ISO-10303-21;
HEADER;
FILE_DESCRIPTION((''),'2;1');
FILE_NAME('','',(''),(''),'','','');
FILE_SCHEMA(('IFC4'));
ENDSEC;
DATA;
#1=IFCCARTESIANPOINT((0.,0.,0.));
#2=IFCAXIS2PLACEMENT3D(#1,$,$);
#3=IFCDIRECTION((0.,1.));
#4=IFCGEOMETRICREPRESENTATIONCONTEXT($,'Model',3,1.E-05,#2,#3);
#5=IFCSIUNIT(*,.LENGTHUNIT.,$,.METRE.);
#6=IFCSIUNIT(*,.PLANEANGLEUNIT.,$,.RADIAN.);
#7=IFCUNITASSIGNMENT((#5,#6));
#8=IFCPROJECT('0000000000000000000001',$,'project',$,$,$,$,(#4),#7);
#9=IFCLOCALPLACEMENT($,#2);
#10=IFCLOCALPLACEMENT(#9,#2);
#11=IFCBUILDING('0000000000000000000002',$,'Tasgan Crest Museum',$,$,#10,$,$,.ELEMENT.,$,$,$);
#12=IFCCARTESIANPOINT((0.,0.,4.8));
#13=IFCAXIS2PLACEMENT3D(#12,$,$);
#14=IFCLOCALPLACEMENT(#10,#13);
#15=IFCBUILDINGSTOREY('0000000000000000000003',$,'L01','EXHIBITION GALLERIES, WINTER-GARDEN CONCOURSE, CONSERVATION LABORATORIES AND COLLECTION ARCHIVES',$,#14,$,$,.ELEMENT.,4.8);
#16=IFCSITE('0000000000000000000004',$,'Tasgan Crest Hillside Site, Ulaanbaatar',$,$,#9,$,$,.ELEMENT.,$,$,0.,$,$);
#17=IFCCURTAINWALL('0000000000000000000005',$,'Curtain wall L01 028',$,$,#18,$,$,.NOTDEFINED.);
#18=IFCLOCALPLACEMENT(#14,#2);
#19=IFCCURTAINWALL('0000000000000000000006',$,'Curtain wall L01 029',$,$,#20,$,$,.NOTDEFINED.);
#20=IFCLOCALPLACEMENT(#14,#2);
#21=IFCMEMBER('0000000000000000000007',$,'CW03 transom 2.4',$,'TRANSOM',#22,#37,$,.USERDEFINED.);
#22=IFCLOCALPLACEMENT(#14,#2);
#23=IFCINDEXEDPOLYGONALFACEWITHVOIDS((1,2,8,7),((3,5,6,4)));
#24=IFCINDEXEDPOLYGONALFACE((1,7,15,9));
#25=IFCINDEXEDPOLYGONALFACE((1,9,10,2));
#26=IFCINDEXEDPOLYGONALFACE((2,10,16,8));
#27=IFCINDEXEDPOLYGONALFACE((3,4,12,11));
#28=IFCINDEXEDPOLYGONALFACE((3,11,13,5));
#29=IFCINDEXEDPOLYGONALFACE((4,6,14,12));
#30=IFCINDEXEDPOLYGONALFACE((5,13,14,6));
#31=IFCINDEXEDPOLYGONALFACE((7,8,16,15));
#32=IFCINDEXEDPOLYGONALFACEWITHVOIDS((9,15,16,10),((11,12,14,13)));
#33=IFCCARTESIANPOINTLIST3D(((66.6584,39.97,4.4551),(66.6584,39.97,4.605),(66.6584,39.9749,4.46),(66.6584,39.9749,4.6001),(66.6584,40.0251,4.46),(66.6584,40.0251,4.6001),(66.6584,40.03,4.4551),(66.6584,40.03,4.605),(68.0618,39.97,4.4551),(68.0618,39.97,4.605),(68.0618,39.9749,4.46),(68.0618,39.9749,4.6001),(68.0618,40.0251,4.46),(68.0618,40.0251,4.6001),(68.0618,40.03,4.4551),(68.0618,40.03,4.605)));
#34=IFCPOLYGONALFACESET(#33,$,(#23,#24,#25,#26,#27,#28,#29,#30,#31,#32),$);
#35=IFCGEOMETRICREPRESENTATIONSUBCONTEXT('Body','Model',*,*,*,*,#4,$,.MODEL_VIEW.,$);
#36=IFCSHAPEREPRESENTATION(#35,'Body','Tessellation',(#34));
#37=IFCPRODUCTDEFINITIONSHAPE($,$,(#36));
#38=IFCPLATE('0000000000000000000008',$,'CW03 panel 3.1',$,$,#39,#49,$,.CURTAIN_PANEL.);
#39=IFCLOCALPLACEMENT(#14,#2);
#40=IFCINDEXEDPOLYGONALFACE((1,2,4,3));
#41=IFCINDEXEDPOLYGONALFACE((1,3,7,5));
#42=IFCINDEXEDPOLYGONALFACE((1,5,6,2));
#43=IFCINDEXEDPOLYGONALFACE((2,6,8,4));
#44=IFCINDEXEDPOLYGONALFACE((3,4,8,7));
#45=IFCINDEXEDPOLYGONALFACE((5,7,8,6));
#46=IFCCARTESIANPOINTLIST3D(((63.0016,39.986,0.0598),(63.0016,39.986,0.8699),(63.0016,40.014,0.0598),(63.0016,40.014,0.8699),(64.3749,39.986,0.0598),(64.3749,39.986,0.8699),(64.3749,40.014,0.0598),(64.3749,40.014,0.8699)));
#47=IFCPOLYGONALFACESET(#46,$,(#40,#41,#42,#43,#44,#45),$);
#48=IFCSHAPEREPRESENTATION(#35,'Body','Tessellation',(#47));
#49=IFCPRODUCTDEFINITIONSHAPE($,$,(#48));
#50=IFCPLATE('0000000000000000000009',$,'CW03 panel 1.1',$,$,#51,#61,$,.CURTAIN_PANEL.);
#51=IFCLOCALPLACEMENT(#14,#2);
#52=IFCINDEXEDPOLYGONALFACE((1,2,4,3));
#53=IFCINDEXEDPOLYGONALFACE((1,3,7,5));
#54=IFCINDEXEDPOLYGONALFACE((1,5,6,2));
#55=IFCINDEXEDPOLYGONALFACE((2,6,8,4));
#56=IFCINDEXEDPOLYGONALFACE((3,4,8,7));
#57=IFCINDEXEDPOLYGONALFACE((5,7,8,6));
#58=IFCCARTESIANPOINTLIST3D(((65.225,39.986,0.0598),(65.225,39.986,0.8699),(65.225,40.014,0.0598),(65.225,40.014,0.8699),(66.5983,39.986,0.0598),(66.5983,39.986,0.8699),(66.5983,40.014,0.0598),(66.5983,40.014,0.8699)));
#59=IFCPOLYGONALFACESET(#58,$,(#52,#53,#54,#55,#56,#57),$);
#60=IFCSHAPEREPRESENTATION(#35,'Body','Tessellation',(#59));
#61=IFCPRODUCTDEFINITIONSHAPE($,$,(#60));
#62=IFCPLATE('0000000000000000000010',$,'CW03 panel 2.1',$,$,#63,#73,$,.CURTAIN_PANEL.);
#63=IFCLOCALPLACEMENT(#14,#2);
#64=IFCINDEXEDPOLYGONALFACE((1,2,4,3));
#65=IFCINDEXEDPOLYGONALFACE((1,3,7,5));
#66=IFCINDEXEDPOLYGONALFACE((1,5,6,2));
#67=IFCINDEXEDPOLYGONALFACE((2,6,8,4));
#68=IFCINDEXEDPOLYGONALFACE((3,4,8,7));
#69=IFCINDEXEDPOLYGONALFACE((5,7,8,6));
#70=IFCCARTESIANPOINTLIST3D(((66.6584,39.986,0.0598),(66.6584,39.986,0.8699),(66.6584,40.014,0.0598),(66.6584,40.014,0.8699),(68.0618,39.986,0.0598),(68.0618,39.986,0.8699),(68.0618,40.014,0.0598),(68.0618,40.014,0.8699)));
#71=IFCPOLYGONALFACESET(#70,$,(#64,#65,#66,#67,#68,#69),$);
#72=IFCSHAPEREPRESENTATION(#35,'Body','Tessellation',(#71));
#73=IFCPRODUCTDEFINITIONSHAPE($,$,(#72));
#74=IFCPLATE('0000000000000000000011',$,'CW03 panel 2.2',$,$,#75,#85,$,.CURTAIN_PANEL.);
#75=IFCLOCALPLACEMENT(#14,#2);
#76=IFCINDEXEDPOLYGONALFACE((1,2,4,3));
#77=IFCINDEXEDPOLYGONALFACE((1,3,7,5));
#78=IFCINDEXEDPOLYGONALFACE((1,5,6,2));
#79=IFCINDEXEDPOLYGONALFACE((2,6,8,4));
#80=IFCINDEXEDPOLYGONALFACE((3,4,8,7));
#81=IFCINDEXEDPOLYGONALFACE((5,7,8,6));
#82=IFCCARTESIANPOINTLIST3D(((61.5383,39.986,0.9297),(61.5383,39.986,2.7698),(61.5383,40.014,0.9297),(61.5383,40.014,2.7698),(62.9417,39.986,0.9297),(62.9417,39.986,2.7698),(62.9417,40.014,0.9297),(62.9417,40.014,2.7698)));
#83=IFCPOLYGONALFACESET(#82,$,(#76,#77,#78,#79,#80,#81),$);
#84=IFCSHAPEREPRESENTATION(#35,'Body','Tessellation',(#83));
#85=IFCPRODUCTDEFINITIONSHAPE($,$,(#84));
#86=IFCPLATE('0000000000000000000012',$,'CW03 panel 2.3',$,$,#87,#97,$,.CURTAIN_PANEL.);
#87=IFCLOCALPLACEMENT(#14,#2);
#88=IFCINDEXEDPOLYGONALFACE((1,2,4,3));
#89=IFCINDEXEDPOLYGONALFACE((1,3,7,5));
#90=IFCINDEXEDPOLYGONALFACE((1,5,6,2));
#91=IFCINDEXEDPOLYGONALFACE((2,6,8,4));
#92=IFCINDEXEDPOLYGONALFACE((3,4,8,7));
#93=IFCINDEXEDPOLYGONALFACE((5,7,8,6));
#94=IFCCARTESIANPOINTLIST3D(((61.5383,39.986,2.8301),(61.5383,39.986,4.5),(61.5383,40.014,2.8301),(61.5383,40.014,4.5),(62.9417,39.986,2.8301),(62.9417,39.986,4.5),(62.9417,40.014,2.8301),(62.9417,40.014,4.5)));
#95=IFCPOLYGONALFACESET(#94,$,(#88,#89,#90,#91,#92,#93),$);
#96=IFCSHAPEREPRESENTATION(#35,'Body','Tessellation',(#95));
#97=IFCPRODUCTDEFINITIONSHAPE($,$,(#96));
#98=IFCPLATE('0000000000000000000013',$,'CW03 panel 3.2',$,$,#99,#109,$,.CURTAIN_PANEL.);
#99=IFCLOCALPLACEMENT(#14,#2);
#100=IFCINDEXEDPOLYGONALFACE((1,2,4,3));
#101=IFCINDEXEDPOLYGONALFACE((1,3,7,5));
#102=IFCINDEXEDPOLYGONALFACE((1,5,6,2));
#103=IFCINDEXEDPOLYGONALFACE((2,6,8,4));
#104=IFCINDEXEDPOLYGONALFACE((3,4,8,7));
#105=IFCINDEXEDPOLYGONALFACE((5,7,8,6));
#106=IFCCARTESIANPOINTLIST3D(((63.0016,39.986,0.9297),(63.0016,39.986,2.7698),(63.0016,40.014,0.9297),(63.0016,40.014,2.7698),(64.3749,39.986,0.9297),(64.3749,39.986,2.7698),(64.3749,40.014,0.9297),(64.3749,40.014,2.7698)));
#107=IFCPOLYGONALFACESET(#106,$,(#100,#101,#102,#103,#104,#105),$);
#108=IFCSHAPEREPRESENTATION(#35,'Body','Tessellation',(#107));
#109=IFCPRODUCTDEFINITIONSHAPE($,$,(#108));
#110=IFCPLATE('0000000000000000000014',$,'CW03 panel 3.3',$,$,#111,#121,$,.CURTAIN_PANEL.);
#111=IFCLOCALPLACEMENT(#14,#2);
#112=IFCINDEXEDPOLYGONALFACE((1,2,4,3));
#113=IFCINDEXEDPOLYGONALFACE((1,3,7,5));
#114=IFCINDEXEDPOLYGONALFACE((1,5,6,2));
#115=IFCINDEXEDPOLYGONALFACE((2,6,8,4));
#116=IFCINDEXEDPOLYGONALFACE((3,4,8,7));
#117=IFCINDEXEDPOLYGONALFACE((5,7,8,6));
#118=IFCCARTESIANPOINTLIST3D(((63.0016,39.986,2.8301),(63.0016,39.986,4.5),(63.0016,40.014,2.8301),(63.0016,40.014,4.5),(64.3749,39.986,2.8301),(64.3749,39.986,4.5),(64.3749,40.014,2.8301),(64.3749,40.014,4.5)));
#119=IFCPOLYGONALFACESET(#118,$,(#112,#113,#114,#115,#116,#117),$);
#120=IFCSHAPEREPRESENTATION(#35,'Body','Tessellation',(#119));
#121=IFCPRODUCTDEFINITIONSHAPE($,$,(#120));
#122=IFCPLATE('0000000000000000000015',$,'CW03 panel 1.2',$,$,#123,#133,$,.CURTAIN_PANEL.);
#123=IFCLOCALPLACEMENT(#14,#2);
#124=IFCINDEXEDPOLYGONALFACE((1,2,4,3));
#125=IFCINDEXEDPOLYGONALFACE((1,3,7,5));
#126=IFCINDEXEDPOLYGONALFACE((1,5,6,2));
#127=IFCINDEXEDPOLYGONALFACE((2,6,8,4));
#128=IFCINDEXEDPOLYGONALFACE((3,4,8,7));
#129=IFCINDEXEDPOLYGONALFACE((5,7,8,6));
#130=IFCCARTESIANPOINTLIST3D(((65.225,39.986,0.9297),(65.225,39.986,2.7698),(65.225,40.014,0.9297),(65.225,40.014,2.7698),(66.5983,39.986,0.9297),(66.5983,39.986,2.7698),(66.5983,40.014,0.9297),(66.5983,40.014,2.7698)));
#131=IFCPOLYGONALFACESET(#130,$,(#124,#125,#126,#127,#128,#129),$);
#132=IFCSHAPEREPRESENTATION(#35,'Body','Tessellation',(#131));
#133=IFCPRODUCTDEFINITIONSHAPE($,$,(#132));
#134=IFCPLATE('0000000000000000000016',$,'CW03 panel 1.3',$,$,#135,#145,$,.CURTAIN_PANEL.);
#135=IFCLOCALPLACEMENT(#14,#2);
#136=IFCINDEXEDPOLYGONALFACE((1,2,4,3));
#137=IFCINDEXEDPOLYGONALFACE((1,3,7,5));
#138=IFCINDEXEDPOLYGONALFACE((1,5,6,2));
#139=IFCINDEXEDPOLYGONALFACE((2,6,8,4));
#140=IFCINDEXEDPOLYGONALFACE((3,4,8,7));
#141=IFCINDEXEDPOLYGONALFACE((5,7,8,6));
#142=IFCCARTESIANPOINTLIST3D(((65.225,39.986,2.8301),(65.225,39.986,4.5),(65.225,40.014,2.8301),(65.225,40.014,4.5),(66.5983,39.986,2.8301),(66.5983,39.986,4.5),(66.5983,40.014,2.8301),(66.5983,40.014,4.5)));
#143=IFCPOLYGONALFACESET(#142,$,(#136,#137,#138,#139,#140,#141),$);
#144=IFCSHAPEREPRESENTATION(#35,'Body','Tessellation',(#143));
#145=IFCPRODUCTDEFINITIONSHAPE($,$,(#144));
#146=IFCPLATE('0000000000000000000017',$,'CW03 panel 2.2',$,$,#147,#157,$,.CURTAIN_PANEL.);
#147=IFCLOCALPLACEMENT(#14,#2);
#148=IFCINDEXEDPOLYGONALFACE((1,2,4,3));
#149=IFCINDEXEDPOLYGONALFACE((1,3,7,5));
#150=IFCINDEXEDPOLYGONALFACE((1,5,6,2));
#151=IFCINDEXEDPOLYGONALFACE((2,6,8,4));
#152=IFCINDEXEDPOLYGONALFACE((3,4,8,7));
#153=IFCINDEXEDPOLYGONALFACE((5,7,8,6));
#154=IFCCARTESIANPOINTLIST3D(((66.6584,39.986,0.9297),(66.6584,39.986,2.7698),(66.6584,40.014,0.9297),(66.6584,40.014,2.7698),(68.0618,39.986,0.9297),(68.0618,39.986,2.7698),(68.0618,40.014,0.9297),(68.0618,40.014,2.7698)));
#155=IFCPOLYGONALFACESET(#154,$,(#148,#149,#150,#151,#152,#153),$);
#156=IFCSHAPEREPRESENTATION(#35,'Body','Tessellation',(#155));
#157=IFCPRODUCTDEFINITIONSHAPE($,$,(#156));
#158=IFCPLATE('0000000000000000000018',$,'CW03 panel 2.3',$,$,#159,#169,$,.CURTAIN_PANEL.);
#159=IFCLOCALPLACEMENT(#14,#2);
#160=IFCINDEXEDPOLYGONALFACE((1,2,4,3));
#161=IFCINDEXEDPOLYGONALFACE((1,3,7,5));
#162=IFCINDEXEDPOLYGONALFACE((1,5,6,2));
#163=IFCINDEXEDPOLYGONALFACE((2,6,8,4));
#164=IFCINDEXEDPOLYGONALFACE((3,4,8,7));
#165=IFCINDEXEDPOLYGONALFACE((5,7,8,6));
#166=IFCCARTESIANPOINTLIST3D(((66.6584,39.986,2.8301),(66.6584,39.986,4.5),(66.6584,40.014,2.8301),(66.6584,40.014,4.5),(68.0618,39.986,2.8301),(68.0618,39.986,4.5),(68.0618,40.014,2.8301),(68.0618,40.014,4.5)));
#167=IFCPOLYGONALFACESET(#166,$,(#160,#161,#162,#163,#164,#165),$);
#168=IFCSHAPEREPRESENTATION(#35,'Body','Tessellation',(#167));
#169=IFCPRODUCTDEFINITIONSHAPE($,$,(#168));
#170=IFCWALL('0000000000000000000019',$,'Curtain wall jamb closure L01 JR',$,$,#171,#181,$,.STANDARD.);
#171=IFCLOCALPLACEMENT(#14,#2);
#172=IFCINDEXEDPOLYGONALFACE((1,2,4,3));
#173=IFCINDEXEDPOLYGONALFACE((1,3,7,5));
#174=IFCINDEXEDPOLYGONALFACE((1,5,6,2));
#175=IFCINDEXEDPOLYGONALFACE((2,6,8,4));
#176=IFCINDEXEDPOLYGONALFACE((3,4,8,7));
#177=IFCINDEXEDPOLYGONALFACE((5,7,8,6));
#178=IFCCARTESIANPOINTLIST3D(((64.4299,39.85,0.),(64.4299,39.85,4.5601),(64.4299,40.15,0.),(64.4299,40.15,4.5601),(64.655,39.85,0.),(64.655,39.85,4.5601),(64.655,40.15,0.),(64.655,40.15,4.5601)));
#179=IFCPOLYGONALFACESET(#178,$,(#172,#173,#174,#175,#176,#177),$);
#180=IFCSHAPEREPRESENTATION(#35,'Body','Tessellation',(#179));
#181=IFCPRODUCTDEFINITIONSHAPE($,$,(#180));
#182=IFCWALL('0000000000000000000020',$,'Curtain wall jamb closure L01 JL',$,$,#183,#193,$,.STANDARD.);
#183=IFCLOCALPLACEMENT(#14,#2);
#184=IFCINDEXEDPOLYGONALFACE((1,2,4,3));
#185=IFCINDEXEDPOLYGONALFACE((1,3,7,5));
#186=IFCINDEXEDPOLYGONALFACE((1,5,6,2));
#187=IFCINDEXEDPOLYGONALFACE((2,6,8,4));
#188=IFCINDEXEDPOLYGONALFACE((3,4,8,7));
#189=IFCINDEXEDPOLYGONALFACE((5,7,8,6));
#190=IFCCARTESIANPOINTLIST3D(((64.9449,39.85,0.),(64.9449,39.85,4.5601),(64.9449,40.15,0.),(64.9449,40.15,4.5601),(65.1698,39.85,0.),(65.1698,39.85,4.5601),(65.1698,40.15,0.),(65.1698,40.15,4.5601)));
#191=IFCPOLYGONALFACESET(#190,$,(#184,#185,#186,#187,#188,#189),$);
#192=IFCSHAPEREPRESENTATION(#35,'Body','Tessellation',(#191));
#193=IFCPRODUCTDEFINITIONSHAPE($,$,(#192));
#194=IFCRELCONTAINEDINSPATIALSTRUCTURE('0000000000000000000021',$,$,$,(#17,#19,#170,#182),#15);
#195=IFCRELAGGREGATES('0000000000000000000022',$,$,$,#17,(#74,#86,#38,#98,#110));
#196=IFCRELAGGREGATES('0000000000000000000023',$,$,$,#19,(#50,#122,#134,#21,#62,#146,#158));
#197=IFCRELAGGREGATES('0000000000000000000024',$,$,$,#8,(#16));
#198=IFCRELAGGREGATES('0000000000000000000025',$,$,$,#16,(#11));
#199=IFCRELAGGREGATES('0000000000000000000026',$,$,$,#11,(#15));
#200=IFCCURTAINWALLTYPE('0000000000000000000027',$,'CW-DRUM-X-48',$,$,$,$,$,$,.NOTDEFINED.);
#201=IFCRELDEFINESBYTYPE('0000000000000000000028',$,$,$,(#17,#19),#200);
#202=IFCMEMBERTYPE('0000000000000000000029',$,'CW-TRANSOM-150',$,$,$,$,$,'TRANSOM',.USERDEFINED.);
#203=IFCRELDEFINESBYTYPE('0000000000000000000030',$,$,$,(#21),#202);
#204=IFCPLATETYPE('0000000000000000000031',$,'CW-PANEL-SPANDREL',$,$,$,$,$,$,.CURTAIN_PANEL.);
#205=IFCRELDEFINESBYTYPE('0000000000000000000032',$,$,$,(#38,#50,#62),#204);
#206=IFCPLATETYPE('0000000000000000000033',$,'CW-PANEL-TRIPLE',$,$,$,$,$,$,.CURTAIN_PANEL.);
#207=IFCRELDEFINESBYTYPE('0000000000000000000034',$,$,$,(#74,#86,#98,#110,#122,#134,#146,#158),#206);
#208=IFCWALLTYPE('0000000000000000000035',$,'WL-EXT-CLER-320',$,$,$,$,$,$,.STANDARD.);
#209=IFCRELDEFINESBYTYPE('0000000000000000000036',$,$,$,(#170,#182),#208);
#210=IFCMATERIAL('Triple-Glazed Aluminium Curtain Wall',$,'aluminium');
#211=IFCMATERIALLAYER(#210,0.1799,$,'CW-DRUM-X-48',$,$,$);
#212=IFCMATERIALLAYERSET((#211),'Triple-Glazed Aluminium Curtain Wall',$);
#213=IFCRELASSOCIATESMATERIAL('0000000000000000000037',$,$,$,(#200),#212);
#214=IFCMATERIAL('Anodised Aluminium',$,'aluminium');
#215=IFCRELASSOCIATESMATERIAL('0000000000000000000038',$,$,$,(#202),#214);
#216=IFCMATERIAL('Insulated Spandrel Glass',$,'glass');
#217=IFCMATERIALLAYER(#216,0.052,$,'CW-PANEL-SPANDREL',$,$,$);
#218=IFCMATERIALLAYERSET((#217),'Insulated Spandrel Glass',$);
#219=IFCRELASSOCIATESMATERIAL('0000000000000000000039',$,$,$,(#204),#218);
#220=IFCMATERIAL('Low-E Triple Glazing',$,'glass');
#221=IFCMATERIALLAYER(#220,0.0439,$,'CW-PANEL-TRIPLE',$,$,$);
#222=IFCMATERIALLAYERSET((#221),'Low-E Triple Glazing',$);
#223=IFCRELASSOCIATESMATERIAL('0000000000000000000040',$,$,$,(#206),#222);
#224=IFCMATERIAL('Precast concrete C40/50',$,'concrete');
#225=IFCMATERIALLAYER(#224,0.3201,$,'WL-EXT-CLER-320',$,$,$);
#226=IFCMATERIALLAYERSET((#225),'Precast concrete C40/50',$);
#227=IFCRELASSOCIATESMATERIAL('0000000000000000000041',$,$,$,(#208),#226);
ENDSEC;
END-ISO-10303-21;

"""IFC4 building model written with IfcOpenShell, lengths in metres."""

from ifc_helpers import new_model, si_unit, direction, frame, frame_2d, origin, origin_2d, place, context, subcontext, project, spatial, rectangle, hollow_rectangle, extrude, material, layer, layer_set, material_profile, profile_set, type_object, element, aggregate, save


model = new_model("IFC4")

# Units and contexts
model_context = context("Model", 3, precision=1e-05, world=origin(), true_north=direction((0.0, 1.0)))
body_context = subcontext(model_context, "Body", "Model", "MODEL_VIEW")
ifc_project = project(units=[si_unit("LENGTHUNIT", "METRE"), si_unit("PLANEANGLEUNIT", "RADIAN")], contexts=[model_context])

# Site, building, storey
site_placement = place(None, origin())
site = spatial("IfcSite", under=ifc_project, at=site_placement, Name="Tasgan Crest Hillside Site, Ulaanbaatar", CompositionType="ELEMENT", RefElevation=0.0)
building_placement = place(site_placement, origin())
building = spatial("IfcBuilding", under=site, at=building_placement, Name="Tasgan Crest Museum", CompositionType="ELEMENT")
storey_placement = place(building_placement, frame((0.0, 0.0, 4.8)))
storey = spatial("IfcBuildingStorey", under=building, at=storey_placement, Name="L01", Description="EXHIBITION GALLERIES, WINTER-GARDEN CONCOURSE, CONSERVATION LABORATORIES AND COLLECTION ARCHIVES", CompositionType="ELEMENT", Elevation=4.8)

# Curtain walls
ifc_material_1 = material(Name="Triple-Glazed Aluminium Curtain Wall", Category="aluminium")
ifc_layer_1 = layer(ifc_material_1, 0.1799, Name="CW-DRUM-X-48")
ifc_layer_set_1 = layer_set([ifc_layer_1], Name="Triple-Glazed Aluminium Curtain Wall")
curtain_wall_type = type_object("IfcCurtainWallType", Name="CW-DRUM-X-48", PredefinedType="NOTDEFINED", material=ifc_layer_set_1)
curtain_wall_1_placement = place(storey_placement, origin())
curtain_wall_1 = element("IfcCurtainWall", 1, at=curtain_wall_1_placement, inside=storey, type_object=curtain_wall_type, Name="Curtain wall L01 028", PredefinedType="NOTDEFINED")
curtain_wall_2_placement = place(storey_placement, origin())
curtain_wall_2 = element("IfcCurtainWall", 2, at=curtain_wall_2_placement, inside=storey, type_object=curtain_wall_type, Name="Curtain wall L01 029", PredefinedType="NOTDEFINED")

# Member
ifc_material_2 = material(Name="Anodised Aluminium", Category="aluminium")
ifc_material_profile_1 = material_profile(ifc_material_2, hollow_rectangle(XDim=0.0601, YDim=0.1499, WallThickness=0.0049, at=origin_2d()), Name="ALU TRANSOM 150x60x5")
ifc_profile_set_1 = profile_set([ifc_material_profile_1], Name="Anodised Aluminium")
member_type_1 = type_object("IfcMemberType", Name="CW-TRANSOM-150", ElementType="TRANSOM", PredefinedType="USERDEFINED", material=ifc_profile_set_1)
member_1_placement = place(storey_placement, frame((66.6584, 40.0, 4.53), z_axis=(1.0, 0.0, 0.0), x_axis=(0.0, 1.0, 0.0)))
member_1 = element("IfcMember", 3, at=member_1_placement, type_object=member_type_1, Name="CW03 transom 2.4", ObjectType="TRANSOM", PredefinedType="USERDEFINED", context=body_context, shape_type="SweptSolid", body=[
    extrude(hollow_rectangle(XDim=0.0601, YDim=0.1499, WallThickness=0.0049, at=origin_2d()), origin(), (0.0, 0.0, 1.0), 1.4033),
])

# Plates
ifc_material_3 = material(Name="Insulated Spandrel Glass", Category="glass")
ifc_layer_2 = layer(ifc_material_3, 0.052, Name="CW-PANEL-SPANDREL")
ifc_layer_set_2 = layer_set([ifc_layer_2], Name="Insulated Spandrel Glass")
plate_type_1 = type_object("IfcPlateType", Name="CW-PANEL-SPANDREL", PredefinedType="CURTAIN_PANEL", material=ifc_layer_set_2)
plate_1_placement = place(storey_placement, frame((63.6882, 40.0, 0.0598), z_axis=(0.0, 0.0, 1.0), x_axis=(1.0, 0.0, 0.0)))
plate_1 = element("IfcPlate", 4, at=plate_1_placement, type_object=plate_type_1, Name="CW03 panel 3.1", PredefinedType="CURTAIN_PANEL", context=body_context, shape_type="SweptSolid", body=[
    extrude(rectangle(XDim=1.3733, YDim=0.0281, at=origin_2d()), origin(), (0.0, 0.0, 1.0), 0.8101),
])
plate_2_placement = place(storey_placement, frame((65.9116, 40.0, 0.0598), z_axis=(0.0, 0.0, 1.0), x_axis=(1.0, 0.0, 0.0)))
plate_2 = element("IfcPlate", 5, at=plate_2_placement, type_object=plate_type_1, Name="CW03 panel 1.1", PredefinedType="CURTAIN_PANEL", context=body_context, shape_type="SweptSolid", body=[
    extrude(rectangle(XDim=1.3733, YDim=0.0281, at=origin_2d()), origin(), (0.0, 0.0, 1.0), 0.8101),
])
plate_3_placement = place(storey_placement, frame((67.3601, 40.0, 0.0598), z_axis=(0.0, 0.0, 1.0), x_axis=(1.0, 0.0, 0.0)))
plate_3 = element("IfcPlate", 6, at=plate_3_placement, type_object=plate_type_1, Name="CW03 panel 2.1", PredefinedType="CURTAIN_PANEL", context=body_context, shape_type="SweptSolid", body=[
    extrude(rectangle(XDim=1.4033, YDim=0.0281, at=origin_2d()), origin(), (0.0, 0.0, 1.0), 0.8101),
])
ifc_material_4 = material(Name="Low-E Triple Glazing", Category="glass")
ifc_layer_3 = layer(ifc_material_4, 0.0439, Name="CW-PANEL-TRIPLE")
ifc_layer_set_3 = layer_set([ifc_layer_3], Name="Low-E Triple Glazing")
plate_type_2 = type_object("IfcPlateType", Name="CW-PANEL-TRIPLE", PredefinedType="CURTAIN_PANEL", material=ifc_layer_set_3)
plate_4_placement = place(storey_placement, frame((62.24, 40.0, 0.9297), z_axis=(0.0, 0.0, 1.0), x_axis=(1.0, 0.0, 0.0)))
plate_4 = element("IfcPlate", 7, at=plate_4_placement, type_object=plate_type_2, Name="CW03 panel 2.2", PredefinedType="CURTAIN_PANEL", context=body_context, shape_type="SweptSolid", body=[
    extrude(rectangle(XDim=1.4033, YDim=0.0281, at=origin_2d()), origin(), (0.0, 0.0, 1.0), 1.8401),
])
plate_5_placement = place(storey_placement, frame((62.24, 40.0, 2.8301), z_axis=(0.0, 0.0, 1.0), x_axis=(1.0, 0.0, 0.0)))
plate_5 = element("IfcPlate", 8, at=plate_5_placement, type_object=plate_type_2, Name="CW03 panel 2.3", PredefinedType="CURTAIN_PANEL", context=body_context, shape_type="SweptSolid", body=[
    extrude(rectangle(XDim=1.4033, YDim=0.0281, at=origin_2d()), origin(), (0.0, 0.0, 1.0), 1.6699),
])
plate_6_placement = place(storey_placement, frame((63.6882, 40.0, 0.9297), z_axis=(0.0, 0.0, 1.0), x_axis=(1.0, 0.0, 0.0)))
plate_6 = element("IfcPlate", 9, at=plate_6_placement, type_object=plate_type_2, Name="CW03 panel 3.2", PredefinedType="CURTAIN_PANEL", context=body_context, shape_type="SweptSolid", body=[
    extrude(rectangle(XDim=1.3733, YDim=0.0281, at=origin_2d()), origin(), (0.0, 0.0, 1.0), 1.8401),
])
plate_7_placement = place(storey_placement, frame((63.6882, 40.0, 2.8301), z_axis=(0.0, 0.0, 1.0), x_axis=(1.0, 0.0, 0.0)))
plate_7 = element("IfcPlate", 10, at=plate_7_placement, type_object=plate_type_2, Name="CW03 panel 3.3", PredefinedType="CURTAIN_PANEL", context=body_context, shape_type="SweptSolid", body=[
    extrude(rectangle(XDim=1.3733, YDim=0.0281, at=origin_2d()), origin(), (0.0, 0.0, 1.0), 1.6699),
])
aggregate(curtain_wall_1, [plate_4, plate_5, plate_1, plate_6, plate_7])
plate_8_placement = place(storey_placement, frame((65.9116, 40.0, 0.9297), z_axis=(0.0, 0.0, 1.0), x_axis=(1.0, 0.0, 0.0)))
plate_8 = element("IfcPlate", 11, at=plate_8_placement, type_object=plate_type_2, Name="CW03 panel 1.2", PredefinedType="CURTAIN_PANEL", context=body_context, shape_type="SweptSolid", body=[
    extrude(rectangle(XDim=1.3733, YDim=0.0281, at=origin_2d()), origin(), (0.0, 0.0, 1.0), 1.8401),
])
plate_9_placement = place(storey_placement, frame((65.9116, 40.0, 2.8301), z_axis=(0.0, 0.0, 1.0), x_axis=(1.0, 0.0, 0.0)))
plate_9 = element("IfcPlate", 12, at=plate_9_placement, type_object=plate_type_2, Name="CW03 panel 1.3", PredefinedType="CURTAIN_PANEL", context=body_context, shape_type="SweptSolid", body=[
    extrude(rectangle(XDim=1.3733, YDim=0.0281, at=origin_2d()), origin(), (0.0, 0.0, 1.0), 1.6699),
])
plate_10_placement = place(storey_placement, frame((67.3601, 40.0, 0.9297), z_axis=(0.0, 0.0, 1.0), x_axis=(1.0, 0.0, 0.0)))
plate_10 = element("IfcPlate", 13, at=plate_10_placement, type_object=plate_type_2, Name="CW03 panel 2.2", PredefinedType="CURTAIN_PANEL", context=body_context, shape_type="SweptSolid", body=[
    extrude(rectangle(XDim=1.4033, YDim=0.0281, at=origin_2d()), origin(), (0.0, 0.0, 1.0), 1.8401),
])
plate_11_placement = place(storey_placement, frame((67.3601, 40.0, 2.8301), z_axis=(0.0, 0.0, 1.0), x_axis=(1.0, 0.0, 0.0)))
plate_11 = element("IfcPlate", 14, at=plate_11_placement, type_object=plate_type_2, Name="CW03 panel 2.3", PredefinedType="CURTAIN_PANEL", context=body_context, shape_type="SweptSolid", body=[
    extrude(rectangle(XDim=1.4033, YDim=0.0281, at=origin_2d()), origin(), (0.0, 0.0, 1.0), 1.6699),
])
aggregate(curtain_wall_2, [plate_2, plate_8, plate_9, member_1, plate_3, plate_10, plate_11])

# Walls
ifc_material_5 = material(Name="Precast concrete C40/50", Category="concrete")
ifc_layer_4 = layer(ifc_material_5, 0.3201, Name="WL-EXT-CLER-320")
ifc_layer_set_4 = layer_set([ifc_layer_4], Name="Precast concrete C40/50")
wall_type = type_object("IfcWallType", Name="WL-EXT-CLER-320", PredefinedType="STANDARD", material=ifc_layer_set_4)
wall_1_placement = place(storey_placement, frame((64.4299, 40.0, 0.0), z_axis=(0.0, 0.0, 1.0), x_axis=(1.0, 0.0, 0.0)))
element("IfcWall", 15, at=wall_1_placement, inside=storey, type_object=wall_type, Name="Curtain wall jamb closure L01 JR", PredefinedType="STANDARD", context=body_context, shape_type="SweptSolid", body=[
    extrude(rectangle(XDim=0.2251, YDim=0.3, at=frame_2d((0.1125, 0.0))), origin(), (0.0, 0.0, 1.0), 4.5601),
])
wall_2_placement = place(storey_placement, frame((64.9451, 40.0, 0.0), z_axis=(0.0, 0.0, 1.0), x_axis=(1.0, 0.0, 0.0)))
element("IfcWall", 16, at=wall_2_placement, inside=storey, type_object=wall_type, Name="Curtain wall jamb closure L01 JL", PredefinedType="STANDARD", context=body_context, shape_type="SweptSolid", body=[
    extrude(rectangle(XDim=0.2249, YDim=0.3, at=frame_2d((0.1123, 0.0))), origin(), (0.0, 0.0, 1.0), 4.5601),
])

save(model, "model.ifc")
